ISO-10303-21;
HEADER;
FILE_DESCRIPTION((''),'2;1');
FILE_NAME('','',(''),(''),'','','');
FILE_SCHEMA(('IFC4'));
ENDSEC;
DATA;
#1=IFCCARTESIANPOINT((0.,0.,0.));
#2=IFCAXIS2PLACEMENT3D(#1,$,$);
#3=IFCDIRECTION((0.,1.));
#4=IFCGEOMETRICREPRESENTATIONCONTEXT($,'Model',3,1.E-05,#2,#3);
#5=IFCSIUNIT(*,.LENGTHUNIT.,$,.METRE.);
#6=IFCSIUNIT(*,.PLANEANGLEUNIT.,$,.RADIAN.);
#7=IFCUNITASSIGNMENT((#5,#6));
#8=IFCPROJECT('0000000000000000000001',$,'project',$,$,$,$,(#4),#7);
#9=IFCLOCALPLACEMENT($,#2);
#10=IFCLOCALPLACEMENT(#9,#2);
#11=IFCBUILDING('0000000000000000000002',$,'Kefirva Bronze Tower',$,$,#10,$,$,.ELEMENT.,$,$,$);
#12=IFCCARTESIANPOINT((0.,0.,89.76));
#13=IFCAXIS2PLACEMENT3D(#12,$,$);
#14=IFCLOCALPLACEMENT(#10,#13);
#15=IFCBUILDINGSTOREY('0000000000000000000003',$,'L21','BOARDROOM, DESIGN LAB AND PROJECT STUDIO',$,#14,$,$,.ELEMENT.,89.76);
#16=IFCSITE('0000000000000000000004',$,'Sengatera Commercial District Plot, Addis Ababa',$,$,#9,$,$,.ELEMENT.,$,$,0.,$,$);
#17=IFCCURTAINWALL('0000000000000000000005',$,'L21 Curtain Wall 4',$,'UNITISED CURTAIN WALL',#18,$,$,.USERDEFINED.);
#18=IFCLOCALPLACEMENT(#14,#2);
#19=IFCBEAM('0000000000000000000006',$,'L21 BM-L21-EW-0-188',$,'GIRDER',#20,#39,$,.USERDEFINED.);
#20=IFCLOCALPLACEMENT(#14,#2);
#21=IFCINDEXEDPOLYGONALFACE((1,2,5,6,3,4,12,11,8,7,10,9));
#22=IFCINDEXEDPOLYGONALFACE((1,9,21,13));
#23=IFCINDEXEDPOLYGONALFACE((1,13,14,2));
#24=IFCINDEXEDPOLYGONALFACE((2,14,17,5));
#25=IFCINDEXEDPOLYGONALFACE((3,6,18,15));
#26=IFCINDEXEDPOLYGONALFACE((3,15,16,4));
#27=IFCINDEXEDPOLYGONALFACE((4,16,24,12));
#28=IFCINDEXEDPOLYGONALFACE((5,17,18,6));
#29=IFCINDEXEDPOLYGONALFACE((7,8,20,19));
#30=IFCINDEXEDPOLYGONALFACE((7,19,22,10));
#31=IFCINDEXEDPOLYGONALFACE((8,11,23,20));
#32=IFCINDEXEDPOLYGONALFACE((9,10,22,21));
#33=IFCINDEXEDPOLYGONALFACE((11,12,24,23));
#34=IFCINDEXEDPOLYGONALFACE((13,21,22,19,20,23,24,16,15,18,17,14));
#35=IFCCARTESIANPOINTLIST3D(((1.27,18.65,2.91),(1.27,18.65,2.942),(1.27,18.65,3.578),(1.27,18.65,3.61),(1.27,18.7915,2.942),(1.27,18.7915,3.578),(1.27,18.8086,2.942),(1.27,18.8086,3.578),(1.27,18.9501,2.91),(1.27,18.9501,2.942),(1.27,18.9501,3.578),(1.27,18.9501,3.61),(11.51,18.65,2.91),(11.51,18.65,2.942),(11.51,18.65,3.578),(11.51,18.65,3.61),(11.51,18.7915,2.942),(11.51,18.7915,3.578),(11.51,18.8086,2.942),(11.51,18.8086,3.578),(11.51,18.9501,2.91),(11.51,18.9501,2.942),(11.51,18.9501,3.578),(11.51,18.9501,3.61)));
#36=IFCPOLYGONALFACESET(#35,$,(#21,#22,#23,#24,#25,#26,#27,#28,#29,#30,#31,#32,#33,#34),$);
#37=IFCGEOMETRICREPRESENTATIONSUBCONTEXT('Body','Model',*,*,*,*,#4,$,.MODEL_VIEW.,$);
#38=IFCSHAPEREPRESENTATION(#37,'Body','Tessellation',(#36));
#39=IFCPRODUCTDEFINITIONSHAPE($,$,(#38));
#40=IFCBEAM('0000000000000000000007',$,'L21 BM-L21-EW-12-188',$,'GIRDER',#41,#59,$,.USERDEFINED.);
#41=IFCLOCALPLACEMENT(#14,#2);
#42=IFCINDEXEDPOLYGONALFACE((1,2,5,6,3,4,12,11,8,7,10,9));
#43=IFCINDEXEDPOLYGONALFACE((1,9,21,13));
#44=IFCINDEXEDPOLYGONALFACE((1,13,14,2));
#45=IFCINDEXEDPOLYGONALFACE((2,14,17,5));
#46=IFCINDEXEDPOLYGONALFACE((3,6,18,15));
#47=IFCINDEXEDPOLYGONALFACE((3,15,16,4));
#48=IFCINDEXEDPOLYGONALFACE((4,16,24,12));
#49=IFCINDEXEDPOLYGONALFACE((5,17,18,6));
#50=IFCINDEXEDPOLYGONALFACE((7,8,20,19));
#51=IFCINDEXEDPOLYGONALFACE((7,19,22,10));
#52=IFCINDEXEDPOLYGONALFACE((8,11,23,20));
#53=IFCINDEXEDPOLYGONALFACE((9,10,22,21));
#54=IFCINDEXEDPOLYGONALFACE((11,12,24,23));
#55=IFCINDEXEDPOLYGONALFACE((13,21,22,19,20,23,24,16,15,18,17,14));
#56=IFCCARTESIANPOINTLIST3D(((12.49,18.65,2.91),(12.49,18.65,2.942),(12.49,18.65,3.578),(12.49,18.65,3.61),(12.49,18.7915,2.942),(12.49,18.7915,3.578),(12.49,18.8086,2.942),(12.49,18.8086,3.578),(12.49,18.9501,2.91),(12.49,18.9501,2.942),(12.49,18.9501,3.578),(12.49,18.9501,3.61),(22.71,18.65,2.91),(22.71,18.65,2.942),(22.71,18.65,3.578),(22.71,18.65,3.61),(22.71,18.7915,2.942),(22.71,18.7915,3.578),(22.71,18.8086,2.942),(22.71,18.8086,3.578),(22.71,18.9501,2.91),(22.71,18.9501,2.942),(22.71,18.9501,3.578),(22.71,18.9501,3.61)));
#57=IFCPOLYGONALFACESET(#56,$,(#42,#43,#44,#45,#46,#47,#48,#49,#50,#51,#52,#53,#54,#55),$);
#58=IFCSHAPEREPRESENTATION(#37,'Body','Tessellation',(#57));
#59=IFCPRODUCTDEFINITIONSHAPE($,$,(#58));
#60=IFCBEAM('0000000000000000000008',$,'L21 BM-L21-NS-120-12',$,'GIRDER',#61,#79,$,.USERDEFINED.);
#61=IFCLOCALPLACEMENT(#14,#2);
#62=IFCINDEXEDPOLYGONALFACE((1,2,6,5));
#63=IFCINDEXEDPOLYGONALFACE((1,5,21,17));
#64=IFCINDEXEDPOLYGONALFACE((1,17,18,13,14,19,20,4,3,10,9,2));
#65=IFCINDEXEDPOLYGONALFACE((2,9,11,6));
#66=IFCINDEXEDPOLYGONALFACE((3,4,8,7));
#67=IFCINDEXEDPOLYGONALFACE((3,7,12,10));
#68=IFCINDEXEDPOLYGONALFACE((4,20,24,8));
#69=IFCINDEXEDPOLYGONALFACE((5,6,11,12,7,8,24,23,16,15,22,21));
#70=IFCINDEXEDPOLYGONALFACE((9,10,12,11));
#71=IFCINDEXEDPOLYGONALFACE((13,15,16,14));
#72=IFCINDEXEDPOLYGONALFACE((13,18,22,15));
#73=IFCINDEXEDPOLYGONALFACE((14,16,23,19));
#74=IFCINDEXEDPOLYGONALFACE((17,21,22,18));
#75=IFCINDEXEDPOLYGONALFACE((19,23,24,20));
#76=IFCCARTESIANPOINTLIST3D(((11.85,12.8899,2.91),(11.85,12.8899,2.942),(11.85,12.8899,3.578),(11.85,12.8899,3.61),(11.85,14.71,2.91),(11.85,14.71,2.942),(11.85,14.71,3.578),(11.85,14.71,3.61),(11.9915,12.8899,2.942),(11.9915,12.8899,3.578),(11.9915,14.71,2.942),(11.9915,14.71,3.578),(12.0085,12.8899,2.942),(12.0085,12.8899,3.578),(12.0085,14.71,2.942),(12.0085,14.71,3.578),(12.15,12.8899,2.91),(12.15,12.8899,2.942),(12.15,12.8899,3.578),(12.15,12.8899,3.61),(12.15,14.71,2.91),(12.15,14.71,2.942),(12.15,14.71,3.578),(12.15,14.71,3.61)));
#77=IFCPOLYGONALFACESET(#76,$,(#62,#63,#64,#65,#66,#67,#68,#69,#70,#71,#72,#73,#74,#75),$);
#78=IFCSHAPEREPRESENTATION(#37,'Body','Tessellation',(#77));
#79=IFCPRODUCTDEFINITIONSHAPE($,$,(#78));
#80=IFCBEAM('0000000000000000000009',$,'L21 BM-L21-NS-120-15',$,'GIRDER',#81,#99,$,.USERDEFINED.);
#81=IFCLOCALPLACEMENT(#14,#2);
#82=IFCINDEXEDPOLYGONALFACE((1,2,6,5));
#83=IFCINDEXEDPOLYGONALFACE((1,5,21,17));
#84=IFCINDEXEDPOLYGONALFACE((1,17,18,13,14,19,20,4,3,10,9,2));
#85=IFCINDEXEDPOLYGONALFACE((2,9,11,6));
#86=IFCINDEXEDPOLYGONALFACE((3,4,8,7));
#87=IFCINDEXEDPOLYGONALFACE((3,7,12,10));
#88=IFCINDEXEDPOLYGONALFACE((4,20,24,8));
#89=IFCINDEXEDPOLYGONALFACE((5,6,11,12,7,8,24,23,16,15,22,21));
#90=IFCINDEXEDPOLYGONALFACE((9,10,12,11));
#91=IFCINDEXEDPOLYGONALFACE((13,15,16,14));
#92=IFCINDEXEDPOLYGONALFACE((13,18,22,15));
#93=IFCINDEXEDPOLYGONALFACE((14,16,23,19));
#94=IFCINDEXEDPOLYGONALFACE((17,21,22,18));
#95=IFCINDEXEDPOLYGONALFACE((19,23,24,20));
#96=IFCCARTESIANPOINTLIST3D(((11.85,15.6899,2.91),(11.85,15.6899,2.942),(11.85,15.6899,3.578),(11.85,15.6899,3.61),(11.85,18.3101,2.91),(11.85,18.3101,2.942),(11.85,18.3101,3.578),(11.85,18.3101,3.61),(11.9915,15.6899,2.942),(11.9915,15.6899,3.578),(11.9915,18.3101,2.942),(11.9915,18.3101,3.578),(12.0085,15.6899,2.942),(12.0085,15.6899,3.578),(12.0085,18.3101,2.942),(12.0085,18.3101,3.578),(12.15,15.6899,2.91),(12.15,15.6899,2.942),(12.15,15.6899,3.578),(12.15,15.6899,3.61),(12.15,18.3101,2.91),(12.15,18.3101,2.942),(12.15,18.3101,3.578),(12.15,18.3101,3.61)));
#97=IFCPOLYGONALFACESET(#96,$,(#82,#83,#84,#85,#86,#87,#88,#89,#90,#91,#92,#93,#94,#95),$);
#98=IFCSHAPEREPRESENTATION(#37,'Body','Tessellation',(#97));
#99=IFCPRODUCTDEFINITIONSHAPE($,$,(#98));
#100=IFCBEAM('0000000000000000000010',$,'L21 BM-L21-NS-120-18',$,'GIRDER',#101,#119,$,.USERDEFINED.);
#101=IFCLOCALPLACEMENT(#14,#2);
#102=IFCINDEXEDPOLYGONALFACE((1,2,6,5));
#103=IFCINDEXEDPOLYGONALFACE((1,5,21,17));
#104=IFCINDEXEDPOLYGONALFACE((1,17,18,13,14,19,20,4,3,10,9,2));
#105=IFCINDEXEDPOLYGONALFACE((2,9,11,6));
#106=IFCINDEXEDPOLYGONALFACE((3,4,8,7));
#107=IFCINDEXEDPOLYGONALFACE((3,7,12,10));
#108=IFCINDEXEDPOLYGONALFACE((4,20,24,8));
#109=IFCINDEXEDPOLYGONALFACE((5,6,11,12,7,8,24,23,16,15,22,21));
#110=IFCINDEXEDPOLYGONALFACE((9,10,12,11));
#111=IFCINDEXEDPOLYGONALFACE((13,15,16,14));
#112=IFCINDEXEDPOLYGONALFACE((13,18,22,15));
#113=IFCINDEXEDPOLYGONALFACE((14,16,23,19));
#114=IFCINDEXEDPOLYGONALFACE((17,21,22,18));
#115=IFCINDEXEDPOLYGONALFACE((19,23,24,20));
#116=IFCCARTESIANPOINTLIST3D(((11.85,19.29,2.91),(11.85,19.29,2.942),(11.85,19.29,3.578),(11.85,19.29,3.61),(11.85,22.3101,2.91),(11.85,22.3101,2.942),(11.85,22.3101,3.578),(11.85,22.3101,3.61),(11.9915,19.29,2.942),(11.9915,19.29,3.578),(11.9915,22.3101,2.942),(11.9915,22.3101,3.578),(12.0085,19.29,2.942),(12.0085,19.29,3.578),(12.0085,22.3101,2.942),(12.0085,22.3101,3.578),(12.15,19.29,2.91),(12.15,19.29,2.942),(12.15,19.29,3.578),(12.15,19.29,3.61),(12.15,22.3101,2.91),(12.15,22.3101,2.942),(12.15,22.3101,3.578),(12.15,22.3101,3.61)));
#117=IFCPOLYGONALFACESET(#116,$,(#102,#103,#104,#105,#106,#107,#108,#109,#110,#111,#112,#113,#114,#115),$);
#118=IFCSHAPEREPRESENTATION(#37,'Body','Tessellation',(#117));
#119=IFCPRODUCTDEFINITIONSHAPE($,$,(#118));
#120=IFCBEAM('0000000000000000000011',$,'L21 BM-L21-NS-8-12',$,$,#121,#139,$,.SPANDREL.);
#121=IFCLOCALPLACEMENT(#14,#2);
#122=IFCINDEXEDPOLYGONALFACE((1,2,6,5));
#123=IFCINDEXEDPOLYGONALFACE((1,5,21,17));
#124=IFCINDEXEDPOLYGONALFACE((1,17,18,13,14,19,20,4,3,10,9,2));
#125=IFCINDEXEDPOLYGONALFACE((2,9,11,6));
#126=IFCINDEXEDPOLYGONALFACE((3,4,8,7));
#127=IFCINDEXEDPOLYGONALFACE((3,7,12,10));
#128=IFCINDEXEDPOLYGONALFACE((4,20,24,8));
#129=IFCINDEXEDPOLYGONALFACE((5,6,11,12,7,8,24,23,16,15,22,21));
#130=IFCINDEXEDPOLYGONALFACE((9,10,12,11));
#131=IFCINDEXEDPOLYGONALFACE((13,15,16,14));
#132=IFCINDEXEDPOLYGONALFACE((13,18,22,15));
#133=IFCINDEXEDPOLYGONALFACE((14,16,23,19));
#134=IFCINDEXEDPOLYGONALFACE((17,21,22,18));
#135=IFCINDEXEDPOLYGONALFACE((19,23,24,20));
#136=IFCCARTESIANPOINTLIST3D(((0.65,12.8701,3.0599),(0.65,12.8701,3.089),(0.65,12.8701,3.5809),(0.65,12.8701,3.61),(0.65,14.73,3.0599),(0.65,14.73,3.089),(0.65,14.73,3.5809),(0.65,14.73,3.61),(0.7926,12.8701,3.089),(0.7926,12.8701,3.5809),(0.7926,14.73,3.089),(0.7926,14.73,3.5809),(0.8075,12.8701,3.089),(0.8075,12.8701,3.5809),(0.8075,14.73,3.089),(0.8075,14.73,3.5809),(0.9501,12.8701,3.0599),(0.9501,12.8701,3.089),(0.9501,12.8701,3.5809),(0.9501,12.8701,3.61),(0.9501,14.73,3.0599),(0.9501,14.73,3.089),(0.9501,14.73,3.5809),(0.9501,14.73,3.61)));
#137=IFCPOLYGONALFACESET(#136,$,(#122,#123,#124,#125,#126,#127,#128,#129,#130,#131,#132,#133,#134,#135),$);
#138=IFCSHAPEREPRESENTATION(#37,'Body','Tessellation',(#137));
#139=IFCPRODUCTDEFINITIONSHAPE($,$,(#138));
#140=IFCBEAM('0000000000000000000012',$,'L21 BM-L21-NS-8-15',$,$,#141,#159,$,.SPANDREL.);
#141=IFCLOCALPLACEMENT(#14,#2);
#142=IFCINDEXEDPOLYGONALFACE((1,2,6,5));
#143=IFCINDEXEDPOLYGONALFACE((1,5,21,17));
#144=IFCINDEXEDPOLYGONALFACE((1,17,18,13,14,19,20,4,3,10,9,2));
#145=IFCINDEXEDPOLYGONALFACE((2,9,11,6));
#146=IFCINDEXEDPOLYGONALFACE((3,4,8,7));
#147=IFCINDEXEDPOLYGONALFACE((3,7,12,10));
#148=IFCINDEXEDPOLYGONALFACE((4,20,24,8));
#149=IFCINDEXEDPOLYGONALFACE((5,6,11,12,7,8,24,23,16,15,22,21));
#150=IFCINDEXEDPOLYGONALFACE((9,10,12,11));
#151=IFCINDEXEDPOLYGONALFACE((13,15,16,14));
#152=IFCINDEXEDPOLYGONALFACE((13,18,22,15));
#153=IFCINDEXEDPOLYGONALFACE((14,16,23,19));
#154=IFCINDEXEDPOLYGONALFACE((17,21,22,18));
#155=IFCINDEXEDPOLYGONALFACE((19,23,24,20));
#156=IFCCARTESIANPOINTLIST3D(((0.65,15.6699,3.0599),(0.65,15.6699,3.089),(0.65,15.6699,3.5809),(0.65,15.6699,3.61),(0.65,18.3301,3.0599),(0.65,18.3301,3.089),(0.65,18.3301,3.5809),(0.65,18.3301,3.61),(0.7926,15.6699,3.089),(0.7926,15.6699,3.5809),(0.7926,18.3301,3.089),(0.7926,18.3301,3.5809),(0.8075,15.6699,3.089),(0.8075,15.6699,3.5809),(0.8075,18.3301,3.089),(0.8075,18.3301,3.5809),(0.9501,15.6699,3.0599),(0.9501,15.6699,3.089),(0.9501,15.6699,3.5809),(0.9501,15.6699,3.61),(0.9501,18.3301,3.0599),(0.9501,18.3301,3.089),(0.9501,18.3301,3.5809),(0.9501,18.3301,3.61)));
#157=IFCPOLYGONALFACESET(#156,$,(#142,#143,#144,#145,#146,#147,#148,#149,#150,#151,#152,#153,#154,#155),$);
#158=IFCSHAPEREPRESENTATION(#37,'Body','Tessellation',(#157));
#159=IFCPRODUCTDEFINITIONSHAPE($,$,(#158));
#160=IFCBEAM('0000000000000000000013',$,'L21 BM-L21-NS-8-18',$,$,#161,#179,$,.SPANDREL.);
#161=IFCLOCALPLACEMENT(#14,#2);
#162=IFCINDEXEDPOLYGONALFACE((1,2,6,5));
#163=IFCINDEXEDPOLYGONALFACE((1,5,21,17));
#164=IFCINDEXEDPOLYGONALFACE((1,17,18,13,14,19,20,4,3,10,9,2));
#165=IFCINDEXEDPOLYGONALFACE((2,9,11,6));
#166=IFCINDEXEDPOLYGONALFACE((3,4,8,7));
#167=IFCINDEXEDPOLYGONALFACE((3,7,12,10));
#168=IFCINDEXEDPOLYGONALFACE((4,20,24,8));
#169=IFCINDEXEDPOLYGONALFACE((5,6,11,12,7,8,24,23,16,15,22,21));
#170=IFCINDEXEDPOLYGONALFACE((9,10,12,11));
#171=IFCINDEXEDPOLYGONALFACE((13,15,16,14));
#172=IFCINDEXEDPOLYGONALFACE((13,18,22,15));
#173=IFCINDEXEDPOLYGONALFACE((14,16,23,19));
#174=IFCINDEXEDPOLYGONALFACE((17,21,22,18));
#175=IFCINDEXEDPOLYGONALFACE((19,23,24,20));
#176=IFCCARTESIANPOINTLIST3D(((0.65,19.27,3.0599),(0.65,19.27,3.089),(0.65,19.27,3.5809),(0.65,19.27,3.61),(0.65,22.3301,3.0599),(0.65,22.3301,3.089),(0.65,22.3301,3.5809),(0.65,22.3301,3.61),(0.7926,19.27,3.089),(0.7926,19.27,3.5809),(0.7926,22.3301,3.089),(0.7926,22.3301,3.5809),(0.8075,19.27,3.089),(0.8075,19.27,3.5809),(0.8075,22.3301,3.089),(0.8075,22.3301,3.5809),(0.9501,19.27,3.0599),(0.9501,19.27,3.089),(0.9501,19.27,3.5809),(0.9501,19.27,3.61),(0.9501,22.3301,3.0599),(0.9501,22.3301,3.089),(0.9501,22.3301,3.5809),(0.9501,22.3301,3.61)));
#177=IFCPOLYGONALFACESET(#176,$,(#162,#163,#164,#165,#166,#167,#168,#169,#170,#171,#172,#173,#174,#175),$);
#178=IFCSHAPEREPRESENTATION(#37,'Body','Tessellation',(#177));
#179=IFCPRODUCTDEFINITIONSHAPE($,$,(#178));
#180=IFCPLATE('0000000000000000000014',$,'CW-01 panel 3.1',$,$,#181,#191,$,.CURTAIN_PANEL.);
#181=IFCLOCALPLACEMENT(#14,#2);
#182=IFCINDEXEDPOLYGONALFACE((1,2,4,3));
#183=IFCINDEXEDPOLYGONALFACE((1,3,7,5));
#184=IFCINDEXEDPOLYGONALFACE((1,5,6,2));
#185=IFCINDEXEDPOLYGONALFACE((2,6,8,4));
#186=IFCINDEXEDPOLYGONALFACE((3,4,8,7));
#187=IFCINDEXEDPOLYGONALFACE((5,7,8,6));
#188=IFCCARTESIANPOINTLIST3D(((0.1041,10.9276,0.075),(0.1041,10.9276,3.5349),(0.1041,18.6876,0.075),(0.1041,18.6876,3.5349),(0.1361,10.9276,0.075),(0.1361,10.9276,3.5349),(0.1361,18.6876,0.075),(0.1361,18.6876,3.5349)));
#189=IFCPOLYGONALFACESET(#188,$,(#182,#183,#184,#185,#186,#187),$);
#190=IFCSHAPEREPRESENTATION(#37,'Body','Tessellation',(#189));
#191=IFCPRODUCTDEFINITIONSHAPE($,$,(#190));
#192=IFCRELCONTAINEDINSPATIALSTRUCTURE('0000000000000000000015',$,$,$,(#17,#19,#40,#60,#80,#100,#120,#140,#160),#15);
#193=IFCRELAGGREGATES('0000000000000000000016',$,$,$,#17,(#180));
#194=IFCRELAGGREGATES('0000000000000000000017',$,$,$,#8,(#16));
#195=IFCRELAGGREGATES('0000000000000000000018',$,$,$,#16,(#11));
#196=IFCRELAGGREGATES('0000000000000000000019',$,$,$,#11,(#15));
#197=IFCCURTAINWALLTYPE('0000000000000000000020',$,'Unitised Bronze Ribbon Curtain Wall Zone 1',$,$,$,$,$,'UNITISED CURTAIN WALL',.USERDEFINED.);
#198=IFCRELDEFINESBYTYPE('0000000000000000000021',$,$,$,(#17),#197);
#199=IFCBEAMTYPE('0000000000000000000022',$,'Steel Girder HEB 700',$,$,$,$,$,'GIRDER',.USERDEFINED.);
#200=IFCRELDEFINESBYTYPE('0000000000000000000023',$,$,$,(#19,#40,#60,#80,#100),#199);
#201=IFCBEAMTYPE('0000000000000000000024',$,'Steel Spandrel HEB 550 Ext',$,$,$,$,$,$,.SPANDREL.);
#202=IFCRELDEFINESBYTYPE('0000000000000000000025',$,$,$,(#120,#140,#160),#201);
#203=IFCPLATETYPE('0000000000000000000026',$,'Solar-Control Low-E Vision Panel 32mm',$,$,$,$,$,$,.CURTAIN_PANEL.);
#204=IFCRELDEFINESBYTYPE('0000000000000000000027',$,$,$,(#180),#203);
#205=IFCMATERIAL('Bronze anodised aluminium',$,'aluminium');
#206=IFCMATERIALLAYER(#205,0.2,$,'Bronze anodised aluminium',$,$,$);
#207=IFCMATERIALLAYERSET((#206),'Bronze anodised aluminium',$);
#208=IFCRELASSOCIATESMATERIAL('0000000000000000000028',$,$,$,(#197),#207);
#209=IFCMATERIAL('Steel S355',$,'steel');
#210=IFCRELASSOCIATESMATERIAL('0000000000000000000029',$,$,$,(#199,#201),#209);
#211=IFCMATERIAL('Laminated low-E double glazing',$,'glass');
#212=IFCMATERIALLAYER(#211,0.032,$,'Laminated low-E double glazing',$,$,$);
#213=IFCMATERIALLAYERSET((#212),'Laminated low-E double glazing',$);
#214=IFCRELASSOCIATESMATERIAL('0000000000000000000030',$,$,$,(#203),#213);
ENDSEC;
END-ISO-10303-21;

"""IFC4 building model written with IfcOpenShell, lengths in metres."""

from ifc_helpers import new_model, si_unit, direction, frame, origin, origin_2d, place, context, subcontext, project, spatial, rectangle, i_section, extrude, material, layer, layer_set, material_profile, profile_set, type_object, element, aggregate, save


model = new_model("IFC4")

# Units and contexts
model_context = context("Model", 3, precision=1e-05, world=origin(), true_north=direction((0.0, 1.0)))
body_context = subcontext(model_context, "Body", "Model", "MODEL_VIEW")
ifc_project = project(units=[si_unit("LENGTHUNIT", "METRE"), si_unit("PLANEANGLEUNIT", "RADIAN")], contexts=[model_context])

# Site, building, storey
site_placement = place(None, origin())
site = spatial("IfcSite", under=ifc_project, at=site_placement, Name="Sengatera Commercial District Plot, Addis Ababa", CompositionType="ELEMENT", RefElevation=0.0)
building_placement = place(site_placement, origin())
building = spatial("IfcBuilding", under=site, at=building_placement, Name="Kefirva Bronze Tower", CompositionType="ELEMENT")
storey_placement = place(building_placement, frame((0.0, 0.0, 89.76)))
storey = spatial("IfcBuildingStorey", under=building, at=storey_placement, Name="L21", Description="BOARDROOM, DESIGN LAB AND PROJECT STUDIO", CompositionType="ELEMENT", Elevation=89.76)

# Curtain wall
ifc_material_1 = material(Name="Bronze anodised aluminium", Category="aluminium")
ifc_layer_1 = layer(ifc_material_1, 0.2, Name="Bronze anodised aluminium")
ifc_layer_set_1 = layer_set([ifc_layer_1], Name="Bronze anodised aluminium")
curtain_wall_type = type_object("IfcCurtainWallType", Name="Unitised Bronze Ribbon Curtain Wall Zone 1", ElementType="UNITISED CURTAIN WALL", PredefinedType="USERDEFINED", material=ifc_layer_set_1)
curtain_wall_placement = place(storey_placement, origin())
curtain_wall = element("IfcCurtainWall", 1, at=curtain_wall_placement, inside=storey, type_object=curtain_wall_type, Name="L21 Curtain Wall 4", ObjectType="UNITISED CURTAIN WALL", PredefinedType="USERDEFINED")

# Beams
ifc_material_2 = material(Name="Steel S355", Category="steel")
ifc_material_profile_1 = material_profile(ifc_material_2, i_section(OverallWidth=0.3, OverallDepth=0.7, WebThickness=0.0171, FlangeThickness=0.032, at=origin_2d()), Name="HEB 700")
ifc_profile_set_1 = profile_set([ifc_material_profile_1], Name="Steel S355")
beam_type_1 = type_object("IfcBeamType", Name="Steel Girder HEB 700", ElementType="GIRDER", PredefinedType="USERDEFINED", material=ifc_profile_set_1)
for number, where, z_axis, x_axis, name in (
    (2, (1.27, 18.8, 3.26), (1.0, 0.0, 0.0), (0.0, 1.0, 0.0), "L21 BM-L21-EW-0-188"),
):
    element("IfcBeam", number, at=place(storey_placement, frame(where, z_axis=z_axis, x_axis=x_axis)), inside=storey, type_object=beam_type_1, Name=name, ObjectType="GIRDER", PredefinedType="USERDEFINED", context=body_context, shape_type="SweptSolid", body=[
        extrude(i_section(OverallWidth=0.3, OverallDepth=0.7, WebThickness=0.0171, FlangeThickness=0.032, at=origin_2d()), origin(), (0.0, 0.0, 1.0), 10.24),
    ])
beam_1_placement = place(storey_placement, frame((12.49, 18.8, 3.26), z_axis=(1.0, 0.0, 0.0), x_axis=(0.0, 1.0, 0.0)))
element("IfcBeam", 3, at=beam_1_placement, inside=storey, type_object=beam_type_1, Name="L21 BM-L21-EW-12-188", ObjectType="GIRDER", PredefinedType="USERDEFINED", context=body_context, shape_type="SweptSolid", body=[
    extrude(i_section(OverallWidth=0.3, OverallDepth=0.7, WebThickness=0.0171, FlangeThickness=0.032, at=origin_2d()), origin(), (0.0, 0.0, 1.0), 10.22),
])
beam_2_placement = place(storey_placement, frame((12.0, 12.8899, 3.26), z_axis=(0.0, 1.0, 0.0), x_axis=(-1.0, 0.0, 0.0)))
element("IfcBeam", 4, at=beam_2_placement, inside=storey, type_object=beam_type_1, Name="L21 BM-L21-NS-120-12", ObjectType="GIRDER", PredefinedType="USERDEFINED", context=body_context, shape_type="SweptSolid", body=[
    extrude(i_section(OverallWidth=0.3, OverallDepth=0.7, WebThickness=0.0171, FlangeThickness=0.032, at=origin_2d()), origin(), (0.0, 0.0, 1.0), 1.8201),
])
beam_3_placement = place(storey_placement, frame((12.0, 15.6899, 3.26), z_axis=(0.0, 1.0, 0.0), x_axis=(-1.0, 0.0, 0.0)))
element("IfcBeam", 5, at=beam_3_placement, inside=storey, type_object=beam_type_1, Name="L21 BM-L21-NS-120-15", ObjectType="GIRDER", PredefinedType="USERDEFINED", context=body_context, shape_type="SweptSolid", body=[
    extrude(i_section(OverallWidth=0.3, OverallDepth=0.7, WebThickness=0.0171, FlangeThickness=0.032, at=origin_2d()), origin(), (0.0, 0.0, 1.0), 2.6201),
])
beam_4_placement = place(storey_placement, frame((12.0, 19.29, 3.26), z_axis=(0.0, 1.0, 0.0), x_axis=(-1.0, 0.0, 0.0)))
element("IfcBeam", 6, at=beam_4_placement, inside=storey, type_object=beam_type_1, Name="L21 BM-L21-NS-120-18", ObjectType="GIRDER", PredefinedType="USERDEFINED", context=body_context, shape_type="SweptSolid", body=[
    extrude(i_section(OverallWidth=0.3, OverallDepth=0.7, WebThickness=0.0171, FlangeThickness=0.032, at=origin_2d()), origin(), (0.0, 0.0, 1.0), 3.02),
])
ifc_material_profile_2 = material_profile(ifc_material_2, i_section(OverallWidth=0.3, OverallDepth=0.55, WebThickness=0.0149, FlangeThickness=0.0291, at=origin_2d()), Name="HEB 550")
ifc_profile_set_2 = profile_set([ifc_material_profile_2], Name="Steel S355")
beam_type_2 = type_object("IfcBeamType", Name="Steel Spandrel HEB 550 Ext", PredefinedType="SPANDREL", material=ifc_profile_set_2)
beam_5_placement = place(storey_placement, frame((0.8, 12.8701, 3.335), z_axis=(0.0, 1.0, 0.0), x_axis=(-1.0, 0.0, 0.0)))
element("IfcBeam", 7, at=beam_5_placement, inside=storey, type_object=beam_type_2, Name="L21 BM-L21-NS-8-12", PredefinedType="SPANDREL", context=body_context, shape_type="SweptSolid", body=[
    extrude(i_section(OverallWidth=0.3, OverallDepth=0.55, WebThickness=0.0149, FlangeThickness=0.0291, at=origin_2d()), origin(), (0.0, 0.0, 1.0), 1.8599),
])
beam_6_placement = place(storey_placement, frame((0.8, 15.6699, 3.335), z_axis=(0.0, 1.0, 0.0), x_axis=(-1.0, 0.0, 0.0)))
element("IfcBeam", 8, at=beam_6_placement, inside=storey, type_object=beam_type_2, Name="L21 BM-L21-NS-8-15", PredefinedType="SPANDREL", context=body_context, shape_type="SweptSolid", body=[
    extrude(i_section(OverallWidth=0.3, OverallDepth=0.55, WebThickness=0.0149, FlangeThickness=0.0291, at=origin_2d()), origin(), (0.0, 0.0, 1.0), 2.6602),
])
beam_7_placement = place(storey_placement, frame((0.8, 19.27, 3.335), z_axis=(0.0, 1.0, 0.0), x_axis=(-1.0, 0.0, 0.0)))
element("IfcBeam", 9, at=beam_7_placement, inside=storey, type_object=beam_type_2, Name="L21 BM-L21-NS-8-18", PredefinedType="SPANDREL", context=body_context, shape_type="SweptSolid", body=[
    extrude(i_section(OverallWidth=0.3, OverallDepth=0.55, WebThickness=0.0149, FlangeThickness=0.0291, at=origin_2d()), origin(), (0.0, 0.0, 1.0), 3.0601),
])

# Plate
ifc_material_3 = material(Name="Laminated low-E double glazing", Category="glass")
ifc_layer_2 = layer(ifc_material_3, 0.032, Name="Laminated low-E double glazing")
ifc_layer_set_2 = layer_set([ifc_layer_2], Name="Laminated low-E double glazing")
plate_type = type_object("IfcPlateType", Name="Solar-Control Low-E Vision Panel 32mm", PredefinedType="CURTAIN_PANEL", material=ifc_layer_set_2)
plate_placement = place(storey_placement, frame((0.1201, 14.8076, 0.075), z_axis=(0.0, 0.0, 1.0), x_axis=(0.0, -1.0, 0.0)))
plate = element("IfcPlate", 10, at=plate_placement, type_object=plate_type, Name="CW-01 panel 3.1", PredefinedType="CURTAIN_PANEL", context=body_context, shape_type="SweptSolid", body=[
    extrude(rectangle(XDim=7.76, YDim=0.032, at=origin_2d()), origin(), (0.0, 0.0, 1.0), 3.46),
])
aggregate(curtain_wall, [plate])

save(model, "model.ifc")
